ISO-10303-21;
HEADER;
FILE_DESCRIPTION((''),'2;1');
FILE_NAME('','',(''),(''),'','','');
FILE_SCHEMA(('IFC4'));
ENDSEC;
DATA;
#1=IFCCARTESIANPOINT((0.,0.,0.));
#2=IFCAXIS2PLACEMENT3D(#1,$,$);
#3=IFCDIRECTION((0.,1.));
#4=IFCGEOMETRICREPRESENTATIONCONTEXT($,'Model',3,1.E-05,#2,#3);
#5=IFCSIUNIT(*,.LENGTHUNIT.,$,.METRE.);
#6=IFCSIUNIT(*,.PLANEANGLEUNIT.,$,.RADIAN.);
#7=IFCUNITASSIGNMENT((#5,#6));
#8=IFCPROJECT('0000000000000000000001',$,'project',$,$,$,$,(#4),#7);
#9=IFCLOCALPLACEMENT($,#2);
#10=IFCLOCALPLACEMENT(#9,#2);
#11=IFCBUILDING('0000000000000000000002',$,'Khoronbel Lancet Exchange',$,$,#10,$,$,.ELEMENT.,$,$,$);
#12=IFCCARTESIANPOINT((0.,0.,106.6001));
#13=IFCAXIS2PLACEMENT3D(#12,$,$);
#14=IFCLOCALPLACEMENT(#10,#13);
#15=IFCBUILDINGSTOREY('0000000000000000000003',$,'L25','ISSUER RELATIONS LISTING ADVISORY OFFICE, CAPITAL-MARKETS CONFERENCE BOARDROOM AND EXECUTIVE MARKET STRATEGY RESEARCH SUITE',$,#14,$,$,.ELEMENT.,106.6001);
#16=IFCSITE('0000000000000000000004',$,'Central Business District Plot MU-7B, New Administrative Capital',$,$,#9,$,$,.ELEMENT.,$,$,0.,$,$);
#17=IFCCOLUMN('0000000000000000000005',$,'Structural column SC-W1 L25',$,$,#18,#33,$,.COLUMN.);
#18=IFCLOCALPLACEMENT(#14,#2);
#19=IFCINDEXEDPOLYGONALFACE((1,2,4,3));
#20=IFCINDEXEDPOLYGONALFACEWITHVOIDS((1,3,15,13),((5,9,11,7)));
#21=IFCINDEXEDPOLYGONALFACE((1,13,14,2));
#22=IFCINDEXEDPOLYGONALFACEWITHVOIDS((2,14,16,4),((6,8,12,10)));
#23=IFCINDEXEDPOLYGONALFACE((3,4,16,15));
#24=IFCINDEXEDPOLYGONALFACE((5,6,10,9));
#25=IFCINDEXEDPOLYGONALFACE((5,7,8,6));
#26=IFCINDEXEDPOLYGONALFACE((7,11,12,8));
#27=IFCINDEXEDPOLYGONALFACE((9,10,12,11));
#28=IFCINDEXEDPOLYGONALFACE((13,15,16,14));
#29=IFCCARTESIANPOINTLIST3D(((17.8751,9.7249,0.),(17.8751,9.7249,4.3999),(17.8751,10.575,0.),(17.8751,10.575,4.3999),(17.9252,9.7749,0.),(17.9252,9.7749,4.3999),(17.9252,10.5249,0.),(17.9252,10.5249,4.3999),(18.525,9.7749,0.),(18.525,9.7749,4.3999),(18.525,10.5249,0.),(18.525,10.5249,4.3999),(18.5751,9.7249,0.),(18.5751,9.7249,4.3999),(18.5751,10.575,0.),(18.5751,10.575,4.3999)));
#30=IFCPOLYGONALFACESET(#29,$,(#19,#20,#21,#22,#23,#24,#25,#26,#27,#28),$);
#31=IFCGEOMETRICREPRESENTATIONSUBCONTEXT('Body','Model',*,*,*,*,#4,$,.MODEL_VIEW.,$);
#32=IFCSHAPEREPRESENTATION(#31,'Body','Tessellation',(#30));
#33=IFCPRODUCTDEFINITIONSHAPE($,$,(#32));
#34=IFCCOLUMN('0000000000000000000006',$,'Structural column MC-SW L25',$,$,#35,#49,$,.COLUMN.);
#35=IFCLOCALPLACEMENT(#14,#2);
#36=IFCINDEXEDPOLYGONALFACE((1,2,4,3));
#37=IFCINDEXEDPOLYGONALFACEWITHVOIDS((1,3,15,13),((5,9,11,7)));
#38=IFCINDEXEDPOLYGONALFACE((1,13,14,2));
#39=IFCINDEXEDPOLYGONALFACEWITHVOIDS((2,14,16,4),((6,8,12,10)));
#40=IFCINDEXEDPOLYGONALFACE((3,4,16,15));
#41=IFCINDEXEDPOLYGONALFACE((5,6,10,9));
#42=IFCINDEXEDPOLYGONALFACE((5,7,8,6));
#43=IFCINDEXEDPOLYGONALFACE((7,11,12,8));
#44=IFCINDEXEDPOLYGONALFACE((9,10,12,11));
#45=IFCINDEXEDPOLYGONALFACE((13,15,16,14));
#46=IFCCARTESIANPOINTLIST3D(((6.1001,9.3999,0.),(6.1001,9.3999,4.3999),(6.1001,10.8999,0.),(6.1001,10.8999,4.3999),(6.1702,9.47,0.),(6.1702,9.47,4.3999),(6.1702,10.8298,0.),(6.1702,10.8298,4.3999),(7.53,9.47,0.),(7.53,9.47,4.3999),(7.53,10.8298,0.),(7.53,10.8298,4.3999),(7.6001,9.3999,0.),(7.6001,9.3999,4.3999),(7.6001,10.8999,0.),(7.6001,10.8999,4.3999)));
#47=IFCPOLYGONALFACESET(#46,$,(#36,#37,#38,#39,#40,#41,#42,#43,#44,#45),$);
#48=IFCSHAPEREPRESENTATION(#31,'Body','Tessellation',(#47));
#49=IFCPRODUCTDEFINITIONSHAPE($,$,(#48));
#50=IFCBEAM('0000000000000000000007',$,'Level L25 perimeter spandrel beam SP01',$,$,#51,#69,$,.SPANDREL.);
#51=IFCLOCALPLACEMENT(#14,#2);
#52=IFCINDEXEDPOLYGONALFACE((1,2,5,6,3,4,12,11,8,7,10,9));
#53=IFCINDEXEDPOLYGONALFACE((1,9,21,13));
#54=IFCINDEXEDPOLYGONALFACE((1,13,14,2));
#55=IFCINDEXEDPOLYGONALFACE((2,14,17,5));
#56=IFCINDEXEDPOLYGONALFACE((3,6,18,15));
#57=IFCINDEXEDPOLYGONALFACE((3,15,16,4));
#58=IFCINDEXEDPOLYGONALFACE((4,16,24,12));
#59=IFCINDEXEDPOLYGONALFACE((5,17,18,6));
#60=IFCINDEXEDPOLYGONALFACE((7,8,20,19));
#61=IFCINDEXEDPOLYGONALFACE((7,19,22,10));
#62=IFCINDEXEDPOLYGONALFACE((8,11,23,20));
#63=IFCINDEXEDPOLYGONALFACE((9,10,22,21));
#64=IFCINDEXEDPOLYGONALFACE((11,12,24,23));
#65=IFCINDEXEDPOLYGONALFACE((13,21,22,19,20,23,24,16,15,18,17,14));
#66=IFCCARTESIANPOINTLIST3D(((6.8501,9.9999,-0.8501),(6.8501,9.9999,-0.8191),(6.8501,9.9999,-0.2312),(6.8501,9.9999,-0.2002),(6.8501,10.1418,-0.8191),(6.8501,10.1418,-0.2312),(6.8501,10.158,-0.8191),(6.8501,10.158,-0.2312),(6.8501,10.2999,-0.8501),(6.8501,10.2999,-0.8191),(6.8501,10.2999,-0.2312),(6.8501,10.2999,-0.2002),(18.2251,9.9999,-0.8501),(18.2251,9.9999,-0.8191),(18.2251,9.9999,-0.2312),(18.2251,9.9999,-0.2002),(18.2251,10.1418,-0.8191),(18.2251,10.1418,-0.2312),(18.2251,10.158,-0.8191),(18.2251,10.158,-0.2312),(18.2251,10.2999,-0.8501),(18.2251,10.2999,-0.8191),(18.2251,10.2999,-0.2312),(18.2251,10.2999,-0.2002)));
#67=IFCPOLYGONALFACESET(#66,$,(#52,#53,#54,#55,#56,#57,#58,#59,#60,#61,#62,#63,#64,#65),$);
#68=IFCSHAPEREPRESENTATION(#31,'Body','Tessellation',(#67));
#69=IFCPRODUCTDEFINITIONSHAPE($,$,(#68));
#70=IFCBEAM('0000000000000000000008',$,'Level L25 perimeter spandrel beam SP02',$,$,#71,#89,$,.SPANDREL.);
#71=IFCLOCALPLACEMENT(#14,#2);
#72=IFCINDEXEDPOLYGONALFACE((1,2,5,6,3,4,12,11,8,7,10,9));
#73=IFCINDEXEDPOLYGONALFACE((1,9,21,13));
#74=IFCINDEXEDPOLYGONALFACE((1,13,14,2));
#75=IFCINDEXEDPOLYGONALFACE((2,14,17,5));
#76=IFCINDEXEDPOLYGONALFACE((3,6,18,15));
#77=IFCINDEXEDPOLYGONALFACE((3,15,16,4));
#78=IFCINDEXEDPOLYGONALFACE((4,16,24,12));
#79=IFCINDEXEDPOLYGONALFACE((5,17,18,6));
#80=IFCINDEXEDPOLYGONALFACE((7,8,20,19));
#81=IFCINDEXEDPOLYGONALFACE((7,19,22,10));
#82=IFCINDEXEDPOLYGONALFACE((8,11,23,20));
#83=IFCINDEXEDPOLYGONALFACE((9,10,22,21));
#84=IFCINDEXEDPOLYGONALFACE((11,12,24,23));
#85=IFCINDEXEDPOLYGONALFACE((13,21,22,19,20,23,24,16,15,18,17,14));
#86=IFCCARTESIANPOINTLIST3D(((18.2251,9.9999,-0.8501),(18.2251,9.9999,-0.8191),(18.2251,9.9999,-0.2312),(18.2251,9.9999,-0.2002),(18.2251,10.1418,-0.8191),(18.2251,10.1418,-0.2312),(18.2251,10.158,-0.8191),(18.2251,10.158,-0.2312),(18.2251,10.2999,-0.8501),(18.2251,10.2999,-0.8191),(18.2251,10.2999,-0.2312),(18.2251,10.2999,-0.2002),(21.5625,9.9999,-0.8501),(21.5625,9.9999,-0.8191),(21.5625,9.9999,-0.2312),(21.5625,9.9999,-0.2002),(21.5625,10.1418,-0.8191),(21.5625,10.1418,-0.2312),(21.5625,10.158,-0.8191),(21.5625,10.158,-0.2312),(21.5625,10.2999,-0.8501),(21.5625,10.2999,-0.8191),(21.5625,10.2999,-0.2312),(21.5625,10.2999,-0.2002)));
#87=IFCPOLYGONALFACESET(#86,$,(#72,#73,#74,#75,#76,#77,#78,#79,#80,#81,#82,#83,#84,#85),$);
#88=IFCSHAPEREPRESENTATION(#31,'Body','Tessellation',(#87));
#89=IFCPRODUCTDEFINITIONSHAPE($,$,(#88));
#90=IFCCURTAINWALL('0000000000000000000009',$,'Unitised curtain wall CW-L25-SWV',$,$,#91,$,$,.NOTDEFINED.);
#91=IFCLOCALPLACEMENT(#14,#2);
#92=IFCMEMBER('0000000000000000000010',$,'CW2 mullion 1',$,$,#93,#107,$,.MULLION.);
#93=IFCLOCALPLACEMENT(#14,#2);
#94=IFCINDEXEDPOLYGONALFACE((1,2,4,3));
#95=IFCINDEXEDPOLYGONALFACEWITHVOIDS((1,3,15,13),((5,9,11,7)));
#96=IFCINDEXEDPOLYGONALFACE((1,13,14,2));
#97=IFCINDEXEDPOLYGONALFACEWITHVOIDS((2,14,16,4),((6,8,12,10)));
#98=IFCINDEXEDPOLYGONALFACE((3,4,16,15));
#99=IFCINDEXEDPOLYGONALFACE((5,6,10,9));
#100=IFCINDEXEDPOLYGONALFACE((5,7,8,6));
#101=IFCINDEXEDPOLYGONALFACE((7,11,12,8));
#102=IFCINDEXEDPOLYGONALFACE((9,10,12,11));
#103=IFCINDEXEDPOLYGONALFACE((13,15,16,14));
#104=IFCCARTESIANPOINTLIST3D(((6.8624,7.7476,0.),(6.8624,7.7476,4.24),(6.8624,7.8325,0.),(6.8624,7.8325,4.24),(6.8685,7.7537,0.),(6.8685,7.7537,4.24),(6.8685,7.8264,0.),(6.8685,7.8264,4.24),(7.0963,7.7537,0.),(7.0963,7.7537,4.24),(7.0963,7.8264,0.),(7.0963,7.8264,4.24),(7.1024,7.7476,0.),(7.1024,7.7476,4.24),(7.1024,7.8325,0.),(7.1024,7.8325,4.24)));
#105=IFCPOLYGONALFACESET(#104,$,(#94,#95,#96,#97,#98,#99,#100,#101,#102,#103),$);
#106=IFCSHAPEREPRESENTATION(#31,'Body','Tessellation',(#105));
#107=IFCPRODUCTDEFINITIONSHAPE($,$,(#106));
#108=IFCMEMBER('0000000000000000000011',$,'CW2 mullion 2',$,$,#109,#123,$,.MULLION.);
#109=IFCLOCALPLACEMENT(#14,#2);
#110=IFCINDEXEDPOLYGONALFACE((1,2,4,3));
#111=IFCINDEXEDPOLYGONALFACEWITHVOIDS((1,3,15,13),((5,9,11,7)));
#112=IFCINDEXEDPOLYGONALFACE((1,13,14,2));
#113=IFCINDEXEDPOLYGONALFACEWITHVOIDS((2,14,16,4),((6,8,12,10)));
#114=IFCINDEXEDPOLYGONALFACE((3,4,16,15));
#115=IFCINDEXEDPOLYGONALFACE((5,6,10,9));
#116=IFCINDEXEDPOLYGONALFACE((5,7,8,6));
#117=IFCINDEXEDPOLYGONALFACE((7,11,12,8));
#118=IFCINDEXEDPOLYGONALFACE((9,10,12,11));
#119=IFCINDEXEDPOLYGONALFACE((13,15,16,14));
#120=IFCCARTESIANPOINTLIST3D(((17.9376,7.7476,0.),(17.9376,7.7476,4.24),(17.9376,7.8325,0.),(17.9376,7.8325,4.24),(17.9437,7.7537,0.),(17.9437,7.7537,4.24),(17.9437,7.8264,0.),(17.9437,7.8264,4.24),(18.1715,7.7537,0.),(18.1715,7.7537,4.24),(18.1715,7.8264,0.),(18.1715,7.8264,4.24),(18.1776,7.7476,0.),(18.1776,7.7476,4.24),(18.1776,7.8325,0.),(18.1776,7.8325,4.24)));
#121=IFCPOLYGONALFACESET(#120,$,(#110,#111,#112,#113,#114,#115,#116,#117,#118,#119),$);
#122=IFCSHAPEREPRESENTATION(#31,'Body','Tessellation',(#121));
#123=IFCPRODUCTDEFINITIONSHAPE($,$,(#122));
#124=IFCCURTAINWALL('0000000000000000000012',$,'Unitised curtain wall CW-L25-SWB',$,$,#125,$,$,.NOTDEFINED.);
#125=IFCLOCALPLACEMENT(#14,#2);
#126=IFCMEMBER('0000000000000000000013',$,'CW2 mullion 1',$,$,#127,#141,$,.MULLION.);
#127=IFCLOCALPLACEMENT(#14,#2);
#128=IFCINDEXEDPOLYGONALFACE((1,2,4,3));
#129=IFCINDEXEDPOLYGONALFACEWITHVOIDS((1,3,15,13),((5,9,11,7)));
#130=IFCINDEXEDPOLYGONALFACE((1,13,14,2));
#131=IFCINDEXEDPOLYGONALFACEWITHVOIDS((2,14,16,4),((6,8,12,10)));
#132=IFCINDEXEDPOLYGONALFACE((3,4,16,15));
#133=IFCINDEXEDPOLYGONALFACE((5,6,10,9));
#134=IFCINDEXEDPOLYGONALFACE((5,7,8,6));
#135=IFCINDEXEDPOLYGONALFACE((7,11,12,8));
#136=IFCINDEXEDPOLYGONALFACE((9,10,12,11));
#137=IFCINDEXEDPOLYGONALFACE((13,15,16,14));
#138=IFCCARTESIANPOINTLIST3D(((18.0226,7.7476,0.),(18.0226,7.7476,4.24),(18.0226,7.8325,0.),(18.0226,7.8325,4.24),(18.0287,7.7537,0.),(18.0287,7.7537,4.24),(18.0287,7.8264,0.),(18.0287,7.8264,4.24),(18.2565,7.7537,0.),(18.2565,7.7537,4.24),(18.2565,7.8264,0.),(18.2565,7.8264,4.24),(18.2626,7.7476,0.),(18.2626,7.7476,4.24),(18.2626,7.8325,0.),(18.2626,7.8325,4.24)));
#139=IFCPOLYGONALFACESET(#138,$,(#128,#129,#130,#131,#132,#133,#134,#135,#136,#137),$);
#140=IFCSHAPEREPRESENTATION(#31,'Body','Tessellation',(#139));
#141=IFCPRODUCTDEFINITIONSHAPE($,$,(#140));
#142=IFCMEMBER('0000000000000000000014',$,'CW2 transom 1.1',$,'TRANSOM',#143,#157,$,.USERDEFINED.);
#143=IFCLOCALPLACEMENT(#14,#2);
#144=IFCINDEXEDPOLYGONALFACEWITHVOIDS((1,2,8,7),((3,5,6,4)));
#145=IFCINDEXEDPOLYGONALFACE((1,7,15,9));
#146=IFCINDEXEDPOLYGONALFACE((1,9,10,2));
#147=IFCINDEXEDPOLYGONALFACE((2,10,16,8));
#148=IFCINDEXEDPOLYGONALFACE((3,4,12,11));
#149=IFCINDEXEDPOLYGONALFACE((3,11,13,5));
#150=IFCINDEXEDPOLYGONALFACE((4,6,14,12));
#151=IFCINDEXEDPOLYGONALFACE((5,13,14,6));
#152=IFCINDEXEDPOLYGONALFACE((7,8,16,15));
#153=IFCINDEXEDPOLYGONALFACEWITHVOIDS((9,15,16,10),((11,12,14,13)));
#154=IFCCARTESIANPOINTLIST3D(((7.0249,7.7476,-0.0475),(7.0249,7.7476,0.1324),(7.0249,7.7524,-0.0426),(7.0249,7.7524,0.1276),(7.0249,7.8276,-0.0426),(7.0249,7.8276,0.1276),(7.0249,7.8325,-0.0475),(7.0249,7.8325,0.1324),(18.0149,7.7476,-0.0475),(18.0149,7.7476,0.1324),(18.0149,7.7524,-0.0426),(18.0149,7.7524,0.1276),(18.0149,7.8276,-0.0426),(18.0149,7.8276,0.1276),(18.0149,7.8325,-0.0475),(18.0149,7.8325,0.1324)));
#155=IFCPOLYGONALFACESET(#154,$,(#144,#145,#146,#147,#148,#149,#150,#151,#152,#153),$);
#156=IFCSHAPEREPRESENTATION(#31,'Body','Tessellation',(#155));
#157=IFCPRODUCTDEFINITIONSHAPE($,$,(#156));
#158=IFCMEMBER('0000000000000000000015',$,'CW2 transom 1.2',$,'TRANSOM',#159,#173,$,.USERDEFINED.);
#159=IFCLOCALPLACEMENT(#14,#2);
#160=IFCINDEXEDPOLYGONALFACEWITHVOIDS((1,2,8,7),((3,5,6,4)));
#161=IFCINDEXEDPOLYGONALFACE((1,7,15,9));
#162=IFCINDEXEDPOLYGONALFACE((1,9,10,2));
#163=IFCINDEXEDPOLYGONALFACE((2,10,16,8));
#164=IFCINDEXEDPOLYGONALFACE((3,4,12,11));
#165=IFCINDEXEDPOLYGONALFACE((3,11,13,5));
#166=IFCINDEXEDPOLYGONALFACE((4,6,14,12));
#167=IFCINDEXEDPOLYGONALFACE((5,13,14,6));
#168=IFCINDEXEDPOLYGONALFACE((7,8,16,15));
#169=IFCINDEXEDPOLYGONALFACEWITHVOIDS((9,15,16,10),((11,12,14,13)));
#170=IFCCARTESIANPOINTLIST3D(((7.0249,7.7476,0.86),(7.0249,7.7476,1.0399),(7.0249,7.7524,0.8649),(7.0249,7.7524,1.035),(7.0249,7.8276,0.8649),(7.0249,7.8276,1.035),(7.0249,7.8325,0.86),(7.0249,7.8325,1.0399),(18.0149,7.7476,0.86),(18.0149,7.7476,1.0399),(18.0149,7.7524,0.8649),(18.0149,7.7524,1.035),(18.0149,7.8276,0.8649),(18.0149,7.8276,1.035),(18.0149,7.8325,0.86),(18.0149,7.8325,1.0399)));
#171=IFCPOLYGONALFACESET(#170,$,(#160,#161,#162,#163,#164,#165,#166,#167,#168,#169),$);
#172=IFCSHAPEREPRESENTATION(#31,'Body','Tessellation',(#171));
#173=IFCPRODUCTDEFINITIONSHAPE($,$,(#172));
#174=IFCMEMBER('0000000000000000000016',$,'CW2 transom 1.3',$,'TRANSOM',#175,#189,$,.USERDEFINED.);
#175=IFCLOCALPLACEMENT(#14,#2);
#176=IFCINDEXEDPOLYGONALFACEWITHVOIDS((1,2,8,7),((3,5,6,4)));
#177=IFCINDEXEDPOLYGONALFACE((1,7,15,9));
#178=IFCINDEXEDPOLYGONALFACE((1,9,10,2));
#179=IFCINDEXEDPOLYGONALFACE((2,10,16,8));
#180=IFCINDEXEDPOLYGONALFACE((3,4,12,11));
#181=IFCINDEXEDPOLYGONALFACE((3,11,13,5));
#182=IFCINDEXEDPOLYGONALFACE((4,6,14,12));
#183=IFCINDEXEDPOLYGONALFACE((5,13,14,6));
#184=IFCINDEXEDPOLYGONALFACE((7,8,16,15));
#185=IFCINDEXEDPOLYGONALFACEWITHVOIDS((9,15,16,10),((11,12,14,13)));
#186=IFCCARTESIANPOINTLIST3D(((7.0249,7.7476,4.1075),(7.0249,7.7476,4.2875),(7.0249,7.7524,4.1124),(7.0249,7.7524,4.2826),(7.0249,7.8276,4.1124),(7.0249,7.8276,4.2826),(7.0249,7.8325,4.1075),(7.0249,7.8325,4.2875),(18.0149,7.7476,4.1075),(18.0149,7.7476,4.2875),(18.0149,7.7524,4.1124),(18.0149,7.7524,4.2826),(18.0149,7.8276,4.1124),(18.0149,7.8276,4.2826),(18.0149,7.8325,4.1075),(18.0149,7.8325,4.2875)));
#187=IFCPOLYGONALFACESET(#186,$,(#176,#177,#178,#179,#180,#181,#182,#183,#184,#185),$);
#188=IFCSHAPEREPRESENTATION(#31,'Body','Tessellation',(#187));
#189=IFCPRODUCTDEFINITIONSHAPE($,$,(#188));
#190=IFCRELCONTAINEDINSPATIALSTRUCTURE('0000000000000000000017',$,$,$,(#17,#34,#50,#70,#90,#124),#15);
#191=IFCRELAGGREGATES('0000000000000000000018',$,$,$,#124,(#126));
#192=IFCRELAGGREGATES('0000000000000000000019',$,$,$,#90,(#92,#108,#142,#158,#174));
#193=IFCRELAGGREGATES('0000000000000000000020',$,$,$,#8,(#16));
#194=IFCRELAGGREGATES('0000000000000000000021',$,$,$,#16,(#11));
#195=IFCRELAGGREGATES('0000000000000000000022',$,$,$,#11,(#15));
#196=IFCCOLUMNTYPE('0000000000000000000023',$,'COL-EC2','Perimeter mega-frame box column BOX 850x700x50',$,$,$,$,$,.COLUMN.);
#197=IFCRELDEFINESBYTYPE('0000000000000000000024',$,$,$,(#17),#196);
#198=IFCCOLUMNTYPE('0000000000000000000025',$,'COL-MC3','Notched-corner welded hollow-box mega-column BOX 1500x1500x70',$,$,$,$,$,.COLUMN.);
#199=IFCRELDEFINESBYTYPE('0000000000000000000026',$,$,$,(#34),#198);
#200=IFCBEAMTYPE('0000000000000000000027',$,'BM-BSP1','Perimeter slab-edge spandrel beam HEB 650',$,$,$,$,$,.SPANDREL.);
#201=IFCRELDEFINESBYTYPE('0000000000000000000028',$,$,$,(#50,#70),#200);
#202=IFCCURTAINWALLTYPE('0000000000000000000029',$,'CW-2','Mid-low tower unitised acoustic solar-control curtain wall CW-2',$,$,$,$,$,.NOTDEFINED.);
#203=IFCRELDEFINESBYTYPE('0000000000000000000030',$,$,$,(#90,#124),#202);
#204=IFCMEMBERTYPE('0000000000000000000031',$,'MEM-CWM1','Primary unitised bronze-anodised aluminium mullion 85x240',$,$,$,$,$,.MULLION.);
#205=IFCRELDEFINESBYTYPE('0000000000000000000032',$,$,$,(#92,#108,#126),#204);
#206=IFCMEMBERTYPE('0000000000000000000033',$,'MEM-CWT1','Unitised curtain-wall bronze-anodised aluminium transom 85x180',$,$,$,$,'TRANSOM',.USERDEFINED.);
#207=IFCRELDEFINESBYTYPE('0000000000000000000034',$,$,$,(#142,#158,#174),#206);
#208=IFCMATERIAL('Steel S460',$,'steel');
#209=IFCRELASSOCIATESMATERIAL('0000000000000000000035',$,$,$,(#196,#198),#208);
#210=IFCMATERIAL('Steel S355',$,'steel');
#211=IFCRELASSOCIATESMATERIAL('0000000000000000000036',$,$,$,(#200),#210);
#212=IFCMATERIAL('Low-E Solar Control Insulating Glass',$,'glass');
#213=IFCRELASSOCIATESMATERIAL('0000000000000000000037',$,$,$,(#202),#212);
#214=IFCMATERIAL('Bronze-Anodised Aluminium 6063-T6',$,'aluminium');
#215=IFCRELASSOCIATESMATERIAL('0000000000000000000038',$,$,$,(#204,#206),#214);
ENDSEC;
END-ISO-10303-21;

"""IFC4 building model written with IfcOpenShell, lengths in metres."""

from ifc_helpers import new_model, si_unit, direction, frame, origin, origin_2d, place, context, subcontext, project, spatial, hollow_rectangle, i_section, extrude, material, material_profile, profile_set, type_object, element, aggregate, save


model = new_model("IFC4")

# Units and contexts
model_context = context("Model", 3, precision=1e-05, world=origin(), true_north=direction((0.0, 1.0)))
body_context = subcontext(model_context, "Body", "Model", "MODEL_VIEW")
ifc_project = project(units=[si_unit("LENGTHUNIT", "METRE"), si_unit("PLANEANGLEUNIT", "RADIAN")], contexts=[model_context])

# Site, building, storey
site_placement = place(None, origin())
site = spatial("IfcSite", under=ifc_project, at=site_placement, Name="Central Business District Plot MU-7B, New Administrative Capital", CompositionType="ELEMENT", RefElevation=0.0)
building_placement = place(site_placement, origin())
building = spatial("IfcBuilding", under=site, at=building_placement, Name="Khoronbel Lancet Exchange", CompositionType="ELEMENT")
storey_placement = place(building_placement, frame((0.0, 0.0, 106.6001)))
storey = spatial("IfcBuildingStorey", under=building, at=storey_placement, Name="L25", Description="ISSUER RELATIONS LISTING ADVISORY OFFICE, CAPITAL-MARKETS CONFERENCE BOARDROOM AND EXECUTIVE MARKET STRATEGY RESEARCH SUITE", CompositionType="ELEMENT", Elevation=106.6001)

# Columns
ifc_material_1 = material(Name="Steel S460", Category="steel")
ifc_material_profile_1 = material_profile(ifc_material_1, hollow_rectangle(XDim=0.7, YDim=0.8501, WallThickness=0.05, at=origin_2d()), Name="BOX 850x700x50")
ifc_profile_set_1 = profile_set([ifc_material_profile_1], Name="Steel S460")
column_type_1 = type_object("IfcColumnType", Name="COL-EC2", Description="Perimeter mega-frame box column BOX 850x700x50", PredefinedType="COLUMN", material=ifc_profile_set_1)
column_1_placement = place(storey_placement, frame((18.2251, 10.1499, 0.0), z_axis=(0.0, 0.0, 1.0), x_axis=(1.0, 0.0, 0.0)))
element("IfcColumn", 1, at=column_1_placement, inside=storey, type_object=column_type_1, Name="Structural column SC-W1 L25", PredefinedType="COLUMN", context=body_context, shape_type="SweptSolid", body=[
    extrude(hollow_rectangle(XDim=0.7, YDim=0.8501, WallThickness=0.05, at=origin_2d()), origin(), (0.0, 0.0, 1.0), 4.3999),
])
ifc_material_profile_2 = material_profile(ifc_material_1, hollow_rectangle(XDim=1.5, YDim=1.5, WallThickness=0.0701, at=origin_2d()), Name="BOX 1500x1500x70")
ifc_profile_set_2 = profile_set([ifc_material_profile_2], Name="Steel S460")
column_type_2 = type_object("IfcColumnType", Name="COL-MC3", Description="Notched-corner welded hollow-box mega-column BOX 1500x1500x70", PredefinedType="COLUMN", material=ifc_profile_set_2)
column_2_placement = place(storey_placement, frame((6.8501, 10.1499, 0.0), z_axis=(0.0, 0.0, 1.0), x_axis=(1.0, 0.0, 0.0)))
element("IfcColumn", 2, at=column_2_placement, inside=storey, type_object=column_type_2, Name="Structural column MC-SW L25", PredefinedType="COLUMN", context=body_context, shape_type="SweptSolid", body=[
    extrude(hollow_rectangle(XDim=1.5, YDim=1.5, WallThickness=0.0701, at=origin_2d()), origin(), (0.0, 0.0, 1.0), 4.3999),
])

# Beams
ifc_material_2 = material(Name="Steel S355", Category="steel")
ifc_material_profile_3 = material_profile(ifc_material_2, i_section(OverallWidth=0.3, OverallDepth=0.6499, WebThickness=0.0161, FlangeThickness=0.031, at=origin_2d()), Name="HEB 650")
ifc_profile_set_3 = profile_set([ifc_material_profile_3], Name="Steel S355")
beam_type = type_object("IfcBeamType", Name="BM-BSP1", Description="Perimeter slab-edge spandrel beam HEB 650", PredefinedType="SPANDREL", material=ifc_profile_set_3)
beam_1_placement = place(storey_placement, frame((6.8501, 10.1499, -0.5251), z_axis=(1.0, 0.0, 0.0), x_axis=(0.0, 1.0, 0.0)))
element("IfcBeam", 3, at=beam_1_placement, inside=storey, type_object=beam_type, Name="Level L25 perimeter spandrel beam SP01", PredefinedType="SPANDREL", context=body_context, shape_type="SweptSolid", body=[
    extrude(i_section(OverallWidth=0.3, OverallDepth=0.6499, WebThickness=0.0161, FlangeThickness=0.031, at=origin_2d()), origin(), (0.0, 0.0, 1.0), 11.375),
])
beam_2_placement = place(storey_placement, frame((18.2251, 10.1499, -0.5251), z_axis=(1.0, 0.0, 0.0), x_axis=(0.0, 1.0, 0.0)))
element("IfcBeam", 4, at=beam_2_placement, inside=storey, type_object=beam_type, Name="Level L25 perimeter spandrel beam SP02", PredefinedType="SPANDREL", context=body_context, shape_type="SweptSolid", body=[
    extrude(i_section(OverallWidth=0.3, OverallDepth=0.6499, WebThickness=0.0161, FlangeThickness=0.031, at=origin_2d()), origin(), (0.0, 0.0, 1.0), 3.3374),
])

# Curtain wall, members
ifc_material_3 = material(Name="Low-E Solar Control Insulating Glass", Category="glass")
curtain_wall_type = type_object("IfcCurtainWallType", Name="CW-2", Description="Mid-low tower unitised acoustic solar-control curtain wall CW-2", PredefinedType="NOTDEFINED", material=ifc_material_3)
curtain_wall_1_placement = place(storey_placement, origin())
curtain_wall_1 = element("IfcCurtainWall", 5, at=curtain_wall_1_placement, inside=storey, type_object=curtain_wall_type, Name="Unitised curtain wall CW-L25-SWV", PredefinedType="NOTDEFINED")
ifc_material_4 = material(Name="Bronze-Anodised Aluminium 6063-T6", Category="aluminium")
ifc_material_profile_4 = material_profile(ifc_material_4, hollow_rectangle(XDim=0.085, YDim=0.24, WallThickness=0.0061, at=origin_2d()), Name="ALU MULLION 85x240")
ifc_profile_set_4 = profile_set([ifc_material_profile_4], Name="Bronze-Anodised Aluminium 6063-T6")
member_type_1 = type_object("IfcMemberType", Name="MEM-CWM1", Description="Primary unitised bronze-anodised aluminium mullion 85x240", PredefinedType="MULLION", material=ifc_profile_set_4)
member_1_placement = place(storey_placement, frame((6.9824, 7.79, 0.0), z_axis=(0.0, 0.0, 1.0), x_axis=(0.0, 1.0, 0.0)))
member_1 = element("IfcMember", 6, at=member_1_placement, type_object=member_type_1, Name="CW2 mullion 1", PredefinedType="MULLION", context=body_context, shape_type="SweptSolid", body=[
    extrude(hollow_rectangle(XDim=0.085, YDim=0.24, WallThickness=0.0061, at=origin_2d()), origin(), (0.0, 0.0, 1.0), 4.24),
])
member_2_placement = place(storey_placement, frame((18.0576, 7.79, 0.0), z_axis=(0.0, 0.0, 1.0), x_axis=(0.0, 1.0, 0.0)))
member_2 = element("IfcMember", 7, at=member_2_placement, type_object=member_type_1, Name="CW2 mullion 2", PredefinedType="MULLION", context=body_context, shape_type="SweptSolid", body=[
    extrude(hollow_rectangle(XDim=0.085, YDim=0.24, WallThickness=0.0061, at=origin_2d()), origin(), (0.0, 0.0, 1.0), 4.24),
])

# Curtain wall, member
curtain_wall_2_placement = place(storey_placement, origin())
curtain_wall_2 = element("IfcCurtainWall", 8, at=curtain_wall_2_placement, inside=storey, type_object=curtain_wall_type, Name="Unitised curtain wall CW-L25-SWB", PredefinedType="NOTDEFINED")
member_3_placement = place(storey_placement, frame((18.1426, 7.79, 0.0), z_axis=(0.0, 0.0, 1.0), x_axis=(0.0, 1.0, 0.0)))
member_3 = element("IfcMember", 9, at=member_3_placement, type_object=member_type_1, Name="CW2 mullion 1", PredefinedType="MULLION", context=body_context, shape_type="SweptSolid", body=[
    extrude(hollow_rectangle(XDim=0.085, YDim=0.24, WallThickness=0.0061, at=origin_2d()), origin(), (0.0, 0.0, 1.0), 4.24),
])

# Members
ifc_material_profile_5 = material_profile(ifc_material_4, hollow_rectangle(XDim=0.085, YDim=0.1799, WallThickness=0.0049, at=origin_2d()), Name="ALU TRANSOM 85x180")
ifc_profile_set_5 = profile_set([ifc_material_profile_5], Name="Bronze-Anodised Aluminium 6063-T6")
member_type_2 = type_object("IfcMemberType", Name="MEM-CWT1", Description="Unitised curtain-wall bronze-anodised aluminium transom 85x180", ElementType="TRANSOM", PredefinedType="USERDEFINED", material=ifc_profile_set_5)
member_4_placement = place(storey_placement, frame((7.0249, 7.79, 0.0425), z_axis=(1.0, 0.0, 0.0), x_axis=(0.0, 1.0, 0.0)))
member_4 = element("IfcMember", 10, at=member_4_placement, type_object=member_type_2, Name="CW2 transom 1.1", ObjectType="TRANSOM", PredefinedType="USERDEFINED", context=body_context, shape_type="SweptSolid", body=[
    extrude(hollow_rectangle(XDim=0.085, YDim=0.1799, WallThickness=0.0049, at=origin_2d()), origin(), (0.0, 0.0, 1.0), 10.99),
])
member_5_placement = place(storey_placement, frame((7.0249, 7.79, 0.95), z_axis=(1.0, 0.0, 0.0), x_axis=(0.0, 1.0, 0.0)))
member_5 = element("IfcMember", 11, at=member_5_placement, type_object=member_type_2, Name="CW2 transom 1.2", ObjectType="TRANSOM", PredefinedType="USERDEFINED", context=body_context, shape_type="SweptSolid", body=[
    extrude(hollow_rectangle(XDim=0.085, YDim=0.1799, WallThickness=0.0049, at=origin_2d()), origin(), (0.0, 0.0, 1.0), 10.99),
])
member_6_placement = place(storey_placement, frame((7.0249, 7.79, 4.1975), z_axis=(1.0, 0.0, 0.0), x_axis=(0.0, 1.0, 0.0)))
member_6 = element("IfcMember", 12, at=member_6_placement, type_object=member_type_2, Name="CW2 transom 1.3", ObjectType="TRANSOM", PredefinedType="USERDEFINED", context=body_context, shape_type="SweptSolid", body=[
    extrude(hollow_rectangle(XDim=0.085, YDim=0.1799, WallThickness=0.0049, at=origin_2d()), origin(), (0.0, 0.0, 1.0), 10.99),
])
aggregate(curtain_wall_2, [member_3])

aggregate(curtain_wall_1, [member_1, member_2, member_4, member_5, member_6])

save(model, "model.ifc")
